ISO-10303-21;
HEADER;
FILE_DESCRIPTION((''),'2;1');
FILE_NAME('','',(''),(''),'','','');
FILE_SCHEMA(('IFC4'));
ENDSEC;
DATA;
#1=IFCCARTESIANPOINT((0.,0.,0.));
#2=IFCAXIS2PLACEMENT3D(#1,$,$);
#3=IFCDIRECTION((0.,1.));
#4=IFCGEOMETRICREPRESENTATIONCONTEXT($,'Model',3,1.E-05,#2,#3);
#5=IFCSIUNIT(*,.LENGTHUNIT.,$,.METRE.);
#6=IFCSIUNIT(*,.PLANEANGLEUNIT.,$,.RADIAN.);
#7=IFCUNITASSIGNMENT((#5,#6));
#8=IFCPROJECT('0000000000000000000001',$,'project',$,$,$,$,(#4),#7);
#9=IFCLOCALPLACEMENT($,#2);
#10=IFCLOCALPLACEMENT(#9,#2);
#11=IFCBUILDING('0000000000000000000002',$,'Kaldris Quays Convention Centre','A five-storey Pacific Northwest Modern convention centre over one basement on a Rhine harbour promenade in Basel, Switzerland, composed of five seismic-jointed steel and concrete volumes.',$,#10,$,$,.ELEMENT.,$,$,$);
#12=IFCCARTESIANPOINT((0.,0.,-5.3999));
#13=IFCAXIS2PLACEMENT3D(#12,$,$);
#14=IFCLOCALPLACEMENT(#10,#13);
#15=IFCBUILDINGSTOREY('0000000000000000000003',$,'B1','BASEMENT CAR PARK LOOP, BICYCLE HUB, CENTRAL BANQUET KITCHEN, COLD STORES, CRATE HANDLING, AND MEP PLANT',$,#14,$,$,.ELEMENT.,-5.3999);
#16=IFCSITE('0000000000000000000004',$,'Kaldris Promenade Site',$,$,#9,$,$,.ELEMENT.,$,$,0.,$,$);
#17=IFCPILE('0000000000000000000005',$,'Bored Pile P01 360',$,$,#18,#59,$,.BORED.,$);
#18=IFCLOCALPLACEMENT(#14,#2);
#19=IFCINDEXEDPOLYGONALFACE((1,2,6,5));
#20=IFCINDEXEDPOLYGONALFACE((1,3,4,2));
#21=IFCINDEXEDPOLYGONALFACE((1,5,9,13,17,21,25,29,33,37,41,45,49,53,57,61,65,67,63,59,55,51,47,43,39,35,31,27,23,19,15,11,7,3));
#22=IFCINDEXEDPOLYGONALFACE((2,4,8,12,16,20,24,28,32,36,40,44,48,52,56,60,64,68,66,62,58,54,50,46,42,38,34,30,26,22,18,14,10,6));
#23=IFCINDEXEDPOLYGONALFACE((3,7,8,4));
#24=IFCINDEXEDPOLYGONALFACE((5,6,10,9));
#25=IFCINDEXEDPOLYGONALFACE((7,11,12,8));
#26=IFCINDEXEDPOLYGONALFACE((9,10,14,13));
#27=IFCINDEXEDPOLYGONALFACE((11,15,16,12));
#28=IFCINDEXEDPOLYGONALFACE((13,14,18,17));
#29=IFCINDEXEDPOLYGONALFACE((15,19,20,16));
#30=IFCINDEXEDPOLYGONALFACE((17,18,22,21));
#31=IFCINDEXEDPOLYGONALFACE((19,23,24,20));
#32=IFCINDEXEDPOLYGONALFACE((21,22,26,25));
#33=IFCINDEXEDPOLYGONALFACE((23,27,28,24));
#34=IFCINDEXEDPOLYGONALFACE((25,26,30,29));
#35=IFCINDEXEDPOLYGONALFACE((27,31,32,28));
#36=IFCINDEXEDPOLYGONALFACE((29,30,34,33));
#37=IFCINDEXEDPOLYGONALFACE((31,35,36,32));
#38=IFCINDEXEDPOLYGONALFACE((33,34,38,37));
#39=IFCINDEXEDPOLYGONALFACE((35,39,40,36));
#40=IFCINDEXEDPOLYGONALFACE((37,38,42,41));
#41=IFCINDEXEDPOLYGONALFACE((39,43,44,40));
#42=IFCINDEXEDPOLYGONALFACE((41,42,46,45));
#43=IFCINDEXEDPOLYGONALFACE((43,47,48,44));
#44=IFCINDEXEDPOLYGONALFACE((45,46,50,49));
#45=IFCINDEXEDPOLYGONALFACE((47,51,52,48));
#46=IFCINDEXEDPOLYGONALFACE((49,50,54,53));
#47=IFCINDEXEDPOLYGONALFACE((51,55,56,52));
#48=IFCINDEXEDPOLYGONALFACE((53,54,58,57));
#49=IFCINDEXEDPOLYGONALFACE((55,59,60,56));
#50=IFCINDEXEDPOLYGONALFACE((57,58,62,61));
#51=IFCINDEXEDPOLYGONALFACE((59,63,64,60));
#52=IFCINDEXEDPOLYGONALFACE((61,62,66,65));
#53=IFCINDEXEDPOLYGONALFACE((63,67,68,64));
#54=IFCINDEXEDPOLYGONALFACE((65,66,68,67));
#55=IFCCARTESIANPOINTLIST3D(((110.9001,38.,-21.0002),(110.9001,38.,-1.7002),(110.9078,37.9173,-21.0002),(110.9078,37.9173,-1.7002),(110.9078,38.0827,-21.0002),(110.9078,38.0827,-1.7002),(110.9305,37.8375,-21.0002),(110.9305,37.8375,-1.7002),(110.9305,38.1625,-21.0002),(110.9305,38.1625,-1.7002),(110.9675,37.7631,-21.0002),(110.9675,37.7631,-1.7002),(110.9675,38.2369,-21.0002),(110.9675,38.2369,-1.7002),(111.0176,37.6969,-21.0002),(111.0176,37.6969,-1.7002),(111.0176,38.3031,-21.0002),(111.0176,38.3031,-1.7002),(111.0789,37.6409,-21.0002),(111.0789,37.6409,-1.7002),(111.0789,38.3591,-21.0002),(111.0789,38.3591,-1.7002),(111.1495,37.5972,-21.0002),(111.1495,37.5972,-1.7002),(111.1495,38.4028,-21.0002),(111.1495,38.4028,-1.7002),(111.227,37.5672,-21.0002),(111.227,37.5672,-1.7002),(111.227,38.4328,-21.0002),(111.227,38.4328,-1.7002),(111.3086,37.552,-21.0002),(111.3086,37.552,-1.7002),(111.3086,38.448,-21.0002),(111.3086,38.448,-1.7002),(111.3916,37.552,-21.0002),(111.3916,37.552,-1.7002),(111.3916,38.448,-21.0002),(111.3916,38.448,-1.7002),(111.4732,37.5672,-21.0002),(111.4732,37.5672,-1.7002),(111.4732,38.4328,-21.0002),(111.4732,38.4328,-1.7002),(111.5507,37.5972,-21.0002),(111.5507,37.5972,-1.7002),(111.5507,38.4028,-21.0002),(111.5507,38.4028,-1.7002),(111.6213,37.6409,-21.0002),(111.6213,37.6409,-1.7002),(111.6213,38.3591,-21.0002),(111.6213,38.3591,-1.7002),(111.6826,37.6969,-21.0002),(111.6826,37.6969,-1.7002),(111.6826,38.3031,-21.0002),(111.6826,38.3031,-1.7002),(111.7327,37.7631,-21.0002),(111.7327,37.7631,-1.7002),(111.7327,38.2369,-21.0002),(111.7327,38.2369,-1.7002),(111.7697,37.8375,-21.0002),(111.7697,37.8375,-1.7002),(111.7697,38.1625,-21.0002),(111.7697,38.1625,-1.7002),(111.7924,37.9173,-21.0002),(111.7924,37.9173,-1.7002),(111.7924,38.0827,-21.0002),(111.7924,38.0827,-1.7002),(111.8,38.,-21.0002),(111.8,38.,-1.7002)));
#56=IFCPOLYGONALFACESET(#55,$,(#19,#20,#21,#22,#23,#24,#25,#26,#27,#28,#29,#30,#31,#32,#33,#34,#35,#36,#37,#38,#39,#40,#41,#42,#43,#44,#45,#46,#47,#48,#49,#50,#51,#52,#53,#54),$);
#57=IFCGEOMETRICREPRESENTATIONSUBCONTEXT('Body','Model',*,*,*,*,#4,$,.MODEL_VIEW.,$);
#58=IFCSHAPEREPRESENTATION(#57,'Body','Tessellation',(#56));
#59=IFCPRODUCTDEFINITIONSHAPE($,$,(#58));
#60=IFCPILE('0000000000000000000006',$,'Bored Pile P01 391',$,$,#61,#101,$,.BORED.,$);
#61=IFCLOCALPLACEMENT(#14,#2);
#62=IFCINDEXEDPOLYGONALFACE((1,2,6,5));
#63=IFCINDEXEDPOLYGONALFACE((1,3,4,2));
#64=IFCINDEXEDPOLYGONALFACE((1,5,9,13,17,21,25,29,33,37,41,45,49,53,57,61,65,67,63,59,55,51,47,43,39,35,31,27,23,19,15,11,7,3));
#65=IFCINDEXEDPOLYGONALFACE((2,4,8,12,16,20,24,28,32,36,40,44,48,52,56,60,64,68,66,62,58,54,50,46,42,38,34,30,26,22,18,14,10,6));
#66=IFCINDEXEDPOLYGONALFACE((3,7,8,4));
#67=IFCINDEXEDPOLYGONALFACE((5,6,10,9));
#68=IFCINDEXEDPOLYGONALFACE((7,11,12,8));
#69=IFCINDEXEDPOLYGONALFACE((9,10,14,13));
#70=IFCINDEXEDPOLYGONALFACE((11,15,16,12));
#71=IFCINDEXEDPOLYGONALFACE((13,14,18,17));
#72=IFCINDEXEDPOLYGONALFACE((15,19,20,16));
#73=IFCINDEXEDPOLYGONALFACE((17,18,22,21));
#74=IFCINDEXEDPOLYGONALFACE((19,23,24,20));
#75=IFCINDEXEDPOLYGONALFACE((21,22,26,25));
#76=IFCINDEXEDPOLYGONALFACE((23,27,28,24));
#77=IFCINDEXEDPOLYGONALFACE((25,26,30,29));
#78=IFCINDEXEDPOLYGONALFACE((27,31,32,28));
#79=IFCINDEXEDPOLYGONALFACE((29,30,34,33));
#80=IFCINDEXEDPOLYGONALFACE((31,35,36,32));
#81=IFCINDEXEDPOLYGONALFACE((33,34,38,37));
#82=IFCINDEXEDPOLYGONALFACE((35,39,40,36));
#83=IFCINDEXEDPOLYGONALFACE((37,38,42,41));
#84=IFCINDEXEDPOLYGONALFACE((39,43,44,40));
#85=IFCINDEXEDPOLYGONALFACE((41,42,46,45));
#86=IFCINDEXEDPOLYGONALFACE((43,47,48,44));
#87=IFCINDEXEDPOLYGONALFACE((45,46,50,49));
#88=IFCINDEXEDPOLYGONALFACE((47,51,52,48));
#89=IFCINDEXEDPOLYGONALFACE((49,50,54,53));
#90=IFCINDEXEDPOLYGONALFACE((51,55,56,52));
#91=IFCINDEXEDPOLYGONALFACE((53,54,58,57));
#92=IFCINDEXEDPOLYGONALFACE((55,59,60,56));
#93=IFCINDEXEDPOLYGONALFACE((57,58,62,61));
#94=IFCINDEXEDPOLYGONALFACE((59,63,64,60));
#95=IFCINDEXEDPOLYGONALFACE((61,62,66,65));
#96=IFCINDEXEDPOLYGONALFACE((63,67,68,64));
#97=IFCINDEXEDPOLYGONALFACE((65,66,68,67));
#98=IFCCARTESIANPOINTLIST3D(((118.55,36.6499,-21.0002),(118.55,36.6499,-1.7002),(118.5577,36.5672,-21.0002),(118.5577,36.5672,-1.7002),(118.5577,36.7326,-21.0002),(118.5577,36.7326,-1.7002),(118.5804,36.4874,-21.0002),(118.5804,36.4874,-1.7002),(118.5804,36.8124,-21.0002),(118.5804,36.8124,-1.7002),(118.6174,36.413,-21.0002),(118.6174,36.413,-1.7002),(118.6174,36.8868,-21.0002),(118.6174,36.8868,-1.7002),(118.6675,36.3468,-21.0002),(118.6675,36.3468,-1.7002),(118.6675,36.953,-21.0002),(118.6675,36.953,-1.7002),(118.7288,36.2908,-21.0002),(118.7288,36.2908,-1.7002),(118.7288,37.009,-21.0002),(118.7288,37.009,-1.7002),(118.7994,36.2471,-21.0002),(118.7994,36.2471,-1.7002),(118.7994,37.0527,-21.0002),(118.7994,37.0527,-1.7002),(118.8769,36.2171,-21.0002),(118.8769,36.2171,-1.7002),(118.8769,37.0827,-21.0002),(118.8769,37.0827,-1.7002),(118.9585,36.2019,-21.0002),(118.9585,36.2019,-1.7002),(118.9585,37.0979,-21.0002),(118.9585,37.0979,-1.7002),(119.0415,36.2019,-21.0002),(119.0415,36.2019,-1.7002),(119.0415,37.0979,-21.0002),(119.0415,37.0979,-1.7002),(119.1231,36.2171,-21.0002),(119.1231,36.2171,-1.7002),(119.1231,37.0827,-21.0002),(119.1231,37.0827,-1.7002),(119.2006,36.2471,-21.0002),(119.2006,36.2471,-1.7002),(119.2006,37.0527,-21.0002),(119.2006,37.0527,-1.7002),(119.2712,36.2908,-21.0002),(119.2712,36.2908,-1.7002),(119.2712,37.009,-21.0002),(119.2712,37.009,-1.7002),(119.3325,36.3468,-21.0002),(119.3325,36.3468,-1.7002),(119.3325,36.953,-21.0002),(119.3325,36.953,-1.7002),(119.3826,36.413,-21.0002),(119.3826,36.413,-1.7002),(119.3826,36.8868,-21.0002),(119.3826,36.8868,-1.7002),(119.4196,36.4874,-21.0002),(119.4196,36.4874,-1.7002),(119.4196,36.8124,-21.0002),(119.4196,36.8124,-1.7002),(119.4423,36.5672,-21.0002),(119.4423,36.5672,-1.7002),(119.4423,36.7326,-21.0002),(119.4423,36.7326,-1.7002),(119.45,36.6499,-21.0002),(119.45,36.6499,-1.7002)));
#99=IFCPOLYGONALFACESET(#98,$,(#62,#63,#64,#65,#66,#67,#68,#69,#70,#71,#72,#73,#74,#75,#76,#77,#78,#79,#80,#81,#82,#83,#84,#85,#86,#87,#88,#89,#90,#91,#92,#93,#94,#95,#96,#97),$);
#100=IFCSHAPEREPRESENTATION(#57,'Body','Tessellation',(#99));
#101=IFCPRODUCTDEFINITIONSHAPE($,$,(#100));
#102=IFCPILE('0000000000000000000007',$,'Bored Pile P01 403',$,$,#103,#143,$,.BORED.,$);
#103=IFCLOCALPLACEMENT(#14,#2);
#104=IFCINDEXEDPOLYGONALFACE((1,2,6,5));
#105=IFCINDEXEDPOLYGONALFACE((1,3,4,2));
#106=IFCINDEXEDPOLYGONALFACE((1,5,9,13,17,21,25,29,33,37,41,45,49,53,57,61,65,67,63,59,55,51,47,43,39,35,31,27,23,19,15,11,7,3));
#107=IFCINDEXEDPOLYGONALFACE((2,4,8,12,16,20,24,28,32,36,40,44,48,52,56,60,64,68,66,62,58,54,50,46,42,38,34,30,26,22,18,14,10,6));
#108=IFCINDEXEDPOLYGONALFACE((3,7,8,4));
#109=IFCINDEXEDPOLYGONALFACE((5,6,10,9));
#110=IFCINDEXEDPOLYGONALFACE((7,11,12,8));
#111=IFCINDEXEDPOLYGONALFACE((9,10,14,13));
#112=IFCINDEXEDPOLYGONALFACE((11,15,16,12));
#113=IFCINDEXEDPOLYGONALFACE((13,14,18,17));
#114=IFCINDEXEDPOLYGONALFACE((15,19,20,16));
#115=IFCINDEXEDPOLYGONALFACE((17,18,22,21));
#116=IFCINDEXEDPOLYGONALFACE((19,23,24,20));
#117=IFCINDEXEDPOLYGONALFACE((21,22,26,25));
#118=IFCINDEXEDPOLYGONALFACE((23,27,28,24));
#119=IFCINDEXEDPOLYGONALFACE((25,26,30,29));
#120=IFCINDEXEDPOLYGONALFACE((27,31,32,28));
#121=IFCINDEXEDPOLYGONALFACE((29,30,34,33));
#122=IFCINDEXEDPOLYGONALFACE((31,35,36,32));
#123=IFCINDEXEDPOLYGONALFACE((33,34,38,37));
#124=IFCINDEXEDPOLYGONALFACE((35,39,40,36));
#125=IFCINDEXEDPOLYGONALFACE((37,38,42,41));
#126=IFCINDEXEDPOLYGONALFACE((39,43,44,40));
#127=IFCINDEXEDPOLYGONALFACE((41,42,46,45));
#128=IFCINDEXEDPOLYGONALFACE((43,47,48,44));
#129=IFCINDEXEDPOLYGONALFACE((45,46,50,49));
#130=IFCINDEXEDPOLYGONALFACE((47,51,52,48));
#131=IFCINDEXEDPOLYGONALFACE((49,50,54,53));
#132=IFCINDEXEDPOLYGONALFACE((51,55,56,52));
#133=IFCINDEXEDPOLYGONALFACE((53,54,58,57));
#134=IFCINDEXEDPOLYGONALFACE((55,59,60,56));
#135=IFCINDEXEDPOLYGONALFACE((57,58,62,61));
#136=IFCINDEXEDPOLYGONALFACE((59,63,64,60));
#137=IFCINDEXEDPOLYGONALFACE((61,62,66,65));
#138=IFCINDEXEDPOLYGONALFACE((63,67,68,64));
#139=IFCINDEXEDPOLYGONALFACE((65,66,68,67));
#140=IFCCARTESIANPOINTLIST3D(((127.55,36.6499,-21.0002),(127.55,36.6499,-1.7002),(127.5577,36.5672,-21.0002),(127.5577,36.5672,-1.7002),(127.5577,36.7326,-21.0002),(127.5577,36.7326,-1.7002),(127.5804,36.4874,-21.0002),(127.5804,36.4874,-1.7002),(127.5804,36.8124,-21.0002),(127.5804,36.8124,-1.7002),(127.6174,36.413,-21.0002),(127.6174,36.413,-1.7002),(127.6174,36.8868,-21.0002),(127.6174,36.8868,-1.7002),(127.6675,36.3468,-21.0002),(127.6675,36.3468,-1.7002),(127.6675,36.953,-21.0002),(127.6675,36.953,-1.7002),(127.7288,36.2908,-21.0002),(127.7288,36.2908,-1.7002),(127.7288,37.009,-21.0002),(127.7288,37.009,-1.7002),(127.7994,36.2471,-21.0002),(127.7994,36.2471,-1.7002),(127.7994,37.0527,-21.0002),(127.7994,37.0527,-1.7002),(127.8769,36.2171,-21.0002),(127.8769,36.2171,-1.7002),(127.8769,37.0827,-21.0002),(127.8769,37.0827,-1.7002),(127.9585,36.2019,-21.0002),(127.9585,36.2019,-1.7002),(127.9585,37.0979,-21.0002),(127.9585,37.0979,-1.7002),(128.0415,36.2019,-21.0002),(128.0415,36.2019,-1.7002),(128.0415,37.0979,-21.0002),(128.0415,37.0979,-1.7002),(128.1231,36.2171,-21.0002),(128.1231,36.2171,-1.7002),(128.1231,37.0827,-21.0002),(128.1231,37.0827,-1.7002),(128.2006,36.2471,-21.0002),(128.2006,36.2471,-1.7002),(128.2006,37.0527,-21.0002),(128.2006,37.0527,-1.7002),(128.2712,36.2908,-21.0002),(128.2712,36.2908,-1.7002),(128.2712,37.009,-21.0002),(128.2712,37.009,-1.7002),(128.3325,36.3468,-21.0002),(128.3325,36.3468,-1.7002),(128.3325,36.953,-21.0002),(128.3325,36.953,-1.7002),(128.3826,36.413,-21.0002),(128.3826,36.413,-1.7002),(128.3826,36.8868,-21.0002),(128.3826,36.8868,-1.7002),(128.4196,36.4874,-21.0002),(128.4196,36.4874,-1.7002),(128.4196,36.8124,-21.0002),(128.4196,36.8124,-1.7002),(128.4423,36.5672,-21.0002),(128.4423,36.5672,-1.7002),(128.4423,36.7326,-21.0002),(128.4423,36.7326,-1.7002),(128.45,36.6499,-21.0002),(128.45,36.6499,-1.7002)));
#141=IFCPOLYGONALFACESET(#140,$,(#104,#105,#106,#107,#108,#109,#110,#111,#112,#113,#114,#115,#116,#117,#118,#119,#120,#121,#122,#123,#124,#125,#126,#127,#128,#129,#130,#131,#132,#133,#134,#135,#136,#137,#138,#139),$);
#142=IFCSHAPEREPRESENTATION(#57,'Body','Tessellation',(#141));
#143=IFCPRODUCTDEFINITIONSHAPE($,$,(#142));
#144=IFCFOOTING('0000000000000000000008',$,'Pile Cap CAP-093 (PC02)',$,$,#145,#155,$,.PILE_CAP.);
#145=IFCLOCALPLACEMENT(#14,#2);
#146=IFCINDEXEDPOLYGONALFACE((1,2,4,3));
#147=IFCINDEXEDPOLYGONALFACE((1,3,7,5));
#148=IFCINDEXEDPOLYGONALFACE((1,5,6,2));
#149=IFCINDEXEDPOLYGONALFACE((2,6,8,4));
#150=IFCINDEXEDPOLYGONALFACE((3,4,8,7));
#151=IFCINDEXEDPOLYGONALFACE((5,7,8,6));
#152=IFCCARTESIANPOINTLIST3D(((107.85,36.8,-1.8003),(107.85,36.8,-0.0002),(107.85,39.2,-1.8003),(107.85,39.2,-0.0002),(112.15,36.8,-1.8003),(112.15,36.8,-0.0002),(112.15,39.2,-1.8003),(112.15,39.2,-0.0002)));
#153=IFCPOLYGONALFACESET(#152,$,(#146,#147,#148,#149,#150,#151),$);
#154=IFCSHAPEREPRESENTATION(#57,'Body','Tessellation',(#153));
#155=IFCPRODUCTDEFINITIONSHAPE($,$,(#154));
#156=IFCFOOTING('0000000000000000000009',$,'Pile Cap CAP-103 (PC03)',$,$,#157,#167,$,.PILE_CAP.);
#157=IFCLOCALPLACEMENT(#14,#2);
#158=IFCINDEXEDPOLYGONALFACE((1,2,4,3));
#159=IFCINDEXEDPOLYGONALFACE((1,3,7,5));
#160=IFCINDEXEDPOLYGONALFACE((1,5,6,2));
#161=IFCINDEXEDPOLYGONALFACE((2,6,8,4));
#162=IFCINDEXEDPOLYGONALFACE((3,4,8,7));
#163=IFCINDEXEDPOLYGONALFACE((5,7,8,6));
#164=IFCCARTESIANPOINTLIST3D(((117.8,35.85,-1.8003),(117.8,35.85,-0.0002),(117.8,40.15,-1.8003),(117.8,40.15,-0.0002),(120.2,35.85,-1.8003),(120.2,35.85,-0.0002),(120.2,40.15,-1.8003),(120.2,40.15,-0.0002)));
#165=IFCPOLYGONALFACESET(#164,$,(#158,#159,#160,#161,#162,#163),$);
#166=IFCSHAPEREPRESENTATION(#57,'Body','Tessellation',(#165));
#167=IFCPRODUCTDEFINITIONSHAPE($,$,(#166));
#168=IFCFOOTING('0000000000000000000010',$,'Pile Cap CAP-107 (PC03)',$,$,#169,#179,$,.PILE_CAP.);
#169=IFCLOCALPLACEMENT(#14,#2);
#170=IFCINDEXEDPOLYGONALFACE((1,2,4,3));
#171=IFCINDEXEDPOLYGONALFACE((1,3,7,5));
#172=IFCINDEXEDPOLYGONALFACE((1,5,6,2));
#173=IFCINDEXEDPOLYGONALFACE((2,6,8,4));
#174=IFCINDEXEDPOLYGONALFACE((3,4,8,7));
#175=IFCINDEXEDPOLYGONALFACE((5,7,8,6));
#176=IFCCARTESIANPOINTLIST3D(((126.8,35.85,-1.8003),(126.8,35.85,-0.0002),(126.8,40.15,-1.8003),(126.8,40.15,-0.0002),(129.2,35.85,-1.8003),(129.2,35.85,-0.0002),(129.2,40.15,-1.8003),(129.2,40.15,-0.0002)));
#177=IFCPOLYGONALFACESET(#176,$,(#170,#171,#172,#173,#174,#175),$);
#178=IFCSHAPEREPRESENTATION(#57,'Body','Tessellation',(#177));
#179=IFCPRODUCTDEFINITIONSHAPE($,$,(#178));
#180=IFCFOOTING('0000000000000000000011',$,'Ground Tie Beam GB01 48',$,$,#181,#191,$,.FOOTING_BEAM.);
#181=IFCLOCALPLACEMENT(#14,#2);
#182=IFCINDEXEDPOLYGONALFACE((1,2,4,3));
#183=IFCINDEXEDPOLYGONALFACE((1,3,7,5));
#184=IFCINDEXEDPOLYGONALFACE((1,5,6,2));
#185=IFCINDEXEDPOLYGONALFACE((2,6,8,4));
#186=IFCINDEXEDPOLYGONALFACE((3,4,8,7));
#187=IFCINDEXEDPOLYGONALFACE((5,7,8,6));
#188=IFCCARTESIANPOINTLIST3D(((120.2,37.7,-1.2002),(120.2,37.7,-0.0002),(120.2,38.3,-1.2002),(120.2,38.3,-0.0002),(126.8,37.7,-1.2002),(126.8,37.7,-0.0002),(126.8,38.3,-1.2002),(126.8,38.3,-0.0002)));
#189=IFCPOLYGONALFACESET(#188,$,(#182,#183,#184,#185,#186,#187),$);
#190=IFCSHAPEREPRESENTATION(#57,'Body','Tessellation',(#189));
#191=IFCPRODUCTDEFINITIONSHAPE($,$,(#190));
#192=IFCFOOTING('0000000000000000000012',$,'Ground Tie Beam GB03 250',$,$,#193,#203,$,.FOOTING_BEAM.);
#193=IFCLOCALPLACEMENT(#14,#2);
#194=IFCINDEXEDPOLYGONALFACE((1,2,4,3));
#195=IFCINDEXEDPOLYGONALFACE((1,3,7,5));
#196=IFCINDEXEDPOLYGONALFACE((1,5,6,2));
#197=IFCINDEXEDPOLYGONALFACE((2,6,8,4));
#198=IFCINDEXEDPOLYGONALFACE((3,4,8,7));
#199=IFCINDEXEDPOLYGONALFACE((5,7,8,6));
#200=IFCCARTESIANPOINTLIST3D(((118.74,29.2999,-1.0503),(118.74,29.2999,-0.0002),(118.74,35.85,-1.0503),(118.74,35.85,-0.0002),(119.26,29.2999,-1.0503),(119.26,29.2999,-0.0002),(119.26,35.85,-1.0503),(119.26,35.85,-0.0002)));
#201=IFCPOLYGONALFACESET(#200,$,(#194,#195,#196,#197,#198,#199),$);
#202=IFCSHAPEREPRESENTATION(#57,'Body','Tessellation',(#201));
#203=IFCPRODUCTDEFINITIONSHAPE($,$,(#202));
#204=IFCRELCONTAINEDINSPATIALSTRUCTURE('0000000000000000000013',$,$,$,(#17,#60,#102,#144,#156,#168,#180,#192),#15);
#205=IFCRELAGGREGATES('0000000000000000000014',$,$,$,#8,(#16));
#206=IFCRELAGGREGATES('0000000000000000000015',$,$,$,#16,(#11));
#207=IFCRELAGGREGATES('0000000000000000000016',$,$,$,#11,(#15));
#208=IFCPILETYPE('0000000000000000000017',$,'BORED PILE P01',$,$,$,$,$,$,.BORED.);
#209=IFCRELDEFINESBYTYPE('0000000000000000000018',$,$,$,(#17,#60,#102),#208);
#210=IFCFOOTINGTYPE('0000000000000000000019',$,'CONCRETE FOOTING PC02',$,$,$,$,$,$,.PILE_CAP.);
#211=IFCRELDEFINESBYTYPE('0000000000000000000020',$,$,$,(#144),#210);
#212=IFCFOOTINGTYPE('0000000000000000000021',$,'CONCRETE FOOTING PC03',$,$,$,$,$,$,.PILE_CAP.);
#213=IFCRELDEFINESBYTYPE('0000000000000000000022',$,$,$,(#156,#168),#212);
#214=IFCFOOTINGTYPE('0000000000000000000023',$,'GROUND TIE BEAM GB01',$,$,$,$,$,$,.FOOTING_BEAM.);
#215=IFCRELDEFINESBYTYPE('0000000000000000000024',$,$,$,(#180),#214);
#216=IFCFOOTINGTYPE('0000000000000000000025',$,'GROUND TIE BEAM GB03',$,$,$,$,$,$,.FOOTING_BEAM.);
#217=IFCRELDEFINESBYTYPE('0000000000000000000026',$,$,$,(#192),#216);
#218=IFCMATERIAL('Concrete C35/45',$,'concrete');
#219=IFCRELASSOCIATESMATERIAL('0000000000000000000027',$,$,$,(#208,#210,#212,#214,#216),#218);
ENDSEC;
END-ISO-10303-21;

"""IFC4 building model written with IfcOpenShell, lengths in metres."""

from ifc_helpers import new_model, si_unit, direction, frame, origin, origin_2d, place, context, subcontext, project, spatial, rectangle, circle, extrude, material, material_profile, profile_set, type_object, element, save


model = new_model("IFC4")

# Units and contexts
model_context = context("Model", 3, precision=1e-05, world=origin(), true_north=direction((0.0, 1.0)))
body_context = subcontext(model_context, "Body", "Model", "MODEL_VIEW")
ifc_project = project(units=[si_unit("LENGTHUNIT", "METRE"), si_unit("PLANEANGLEUNIT", "RADIAN")], contexts=[model_context])

# Site, building, storey
site_placement = place(None, origin())
site = spatial("IfcSite", under=ifc_project, at=site_placement, Name="Kaldris Promenade Site", CompositionType="ELEMENT", RefElevation=0.0)
building_placement = place(site_placement, origin())
building = spatial("IfcBuilding", under=site, at=building_placement, Name="Kaldris Quays Convention Centre", Description="A five-storey Pacific Northwest Modern convention centre over one basement on a Rhine harbour promenade in Basel, Switzerland, composed of five seismic-jointed steel and concrete volumes.", CompositionType="ELEMENT")
storey_placement = place(building_placement, frame((0.0, 0.0, -5.3999)))
storey = spatial("IfcBuildingStorey", under=building, at=storey_placement, Name="B1", Description="BASEMENT CAR PARK LOOP, BICYCLE HUB, CENTRAL BANQUET KITCHEN, COLD STORES, CRATE HANDLING, AND MEP PLANT", CompositionType="ELEMENT", Elevation=-5.3999)

# Piles
ifc_material_1 = material(Name="Concrete C35/45", Category="concrete")
ifc_material_profile_1 = material_profile(ifc_material_1, circle(Radius=0.45, at=origin_2d()), Name="BORED PILE D900")
ifc_profile_set_1 = profile_set([ifc_material_profile_1], Name="Concrete C35/45")
pile_type = type_object("IfcPileType", Name="BORED PILE P01", PredefinedType="BORED", material=ifc_profile_set_1)
for number, where, z_axis, x_axis, name in (
    (1, (111.3501, 38.0, -1.7002), (0.0, 0.0, -1.0), (1.0, 0.0, 0.0), "Bored Pile P01 360"),
    (2, (119.0, 36.6499, -1.7002), (0.0, 0.0, -1.0), (1.0, 0.0, 0.0), "Bored Pile P01 391"),
    (3, (128.0, 36.6499, -1.7002), (0.0, 0.0, -1.0), (1.0, 0.0, 0.0), "Bored Pile P01 403"),
):
    element("IfcPile", number, at=place(storey_placement, frame(where, z_axis=z_axis, x_axis=x_axis)), inside=storey, type_object=pile_type, Name=name, PredefinedType="BORED", context=body_context, shape_type="SweptSolid", body=[
        extrude(circle(Radius=0.45, at=origin_2d()), origin(), (0.0, 0.0, 1.0), 19.3),
    ])

# Footings
footing_type_1 = type_object("IfcFootingType", Name="CONCRETE FOOTING PC02", PredefinedType="PILE_CAP", material=ifc_material_1)
footing_1_placement = place(storey_placement, frame((110.0, 38.0, -1.8003), z_axis=(0.0, 0.0, 1.0), x_axis=(1.0, 0.0, 0.0)))
element("IfcFooting", 4, at=footing_1_placement, inside=storey, type_object=footing_type_1, Name="Pile Cap CAP-093 (PC02)", PredefinedType="PILE_CAP", context=body_context, shape_type="SweptSolid", body=[
    extrude(rectangle(XDim=4.3, YDim=2.3999, at=origin_2d()), origin(), (0.0, 0.0, 1.0), 1.8),
])
footing_type_2 = type_object("IfcFootingType", Name="CONCRETE FOOTING PC03", PredefinedType="PILE_CAP", material=ifc_material_1)
for number, where, z_axis, x_axis, name in (
    (5, (119.0, 38.0, -1.8003), (0.0, 0.0, 1.0), (1.0, 0.0, 0.0), "Pile Cap CAP-103 (PC03)"),
    (6, (128.0, 38.0, -1.8003), (0.0, 0.0, 1.0), (1.0, 0.0, 0.0), "Pile Cap CAP-107 (PC03)"),
):
    element("IfcFooting", number, at=place(storey_placement, frame(where, z_axis=z_axis, x_axis=x_axis)), inside=storey, type_object=footing_type_2, Name=name, PredefinedType="PILE_CAP", context=body_context, shape_type="SweptSolid", body=[
        extrude(rectangle(XDim=2.3999, YDim=4.3, at=origin_2d()), origin(), (0.0, 0.0, 1.0), 1.8),
    ])
footing_type_3 = type_object("IfcFootingType", Name="GROUND TIE BEAM GB01", PredefinedType="FOOTING_BEAM", material=ifc_material_1)
footing_2_placement = place(storey_placement, frame((123.5, 38.0, -1.2002), z_axis=(0.0, 0.0, 1.0), x_axis=(1.0, 0.0, 0.0)))
element("IfcFooting", 7, at=footing_2_placement, inside=storey, type_object=footing_type_3, Name="Ground Tie Beam GB01 48", PredefinedType="FOOTING_BEAM", context=body_context, shape_type="SweptSolid", body=[
    extrude(rectangle(XDim=6.6001, YDim=0.6001, at=origin_2d()), origin(), (0.0, 0.0, 1.0), 1.2),
])
footing_type_4 = type_object("IfcFootingType", Name="GROUND TIE BEAM GB03", PredefinedType="FOOTING_BEAM", material=ifc_material_1)
footing_3_placement = place(storey_placement, frame((119.0, 32.575, -1.0503), z_axis=(0.0, 0.0, 1.0), x_axis=(1.0, 0.0, 0.0)))
element("IfcFooting", 8, at=footing_3_placement, inside=storey, type_object=footing_type_4, Name="Ground Tie Beam GB03 250", PredefinedType="FOOTING_BEAM", context=body_context, shape_type="SweptSolid", body=[
    extrude(rectangle(XDim=0.52, YDim=6.55, at=origin_2d()), origin(), (0.0, 0.0, 1.0), 1.05),
])

save(model, "model.ifc")
